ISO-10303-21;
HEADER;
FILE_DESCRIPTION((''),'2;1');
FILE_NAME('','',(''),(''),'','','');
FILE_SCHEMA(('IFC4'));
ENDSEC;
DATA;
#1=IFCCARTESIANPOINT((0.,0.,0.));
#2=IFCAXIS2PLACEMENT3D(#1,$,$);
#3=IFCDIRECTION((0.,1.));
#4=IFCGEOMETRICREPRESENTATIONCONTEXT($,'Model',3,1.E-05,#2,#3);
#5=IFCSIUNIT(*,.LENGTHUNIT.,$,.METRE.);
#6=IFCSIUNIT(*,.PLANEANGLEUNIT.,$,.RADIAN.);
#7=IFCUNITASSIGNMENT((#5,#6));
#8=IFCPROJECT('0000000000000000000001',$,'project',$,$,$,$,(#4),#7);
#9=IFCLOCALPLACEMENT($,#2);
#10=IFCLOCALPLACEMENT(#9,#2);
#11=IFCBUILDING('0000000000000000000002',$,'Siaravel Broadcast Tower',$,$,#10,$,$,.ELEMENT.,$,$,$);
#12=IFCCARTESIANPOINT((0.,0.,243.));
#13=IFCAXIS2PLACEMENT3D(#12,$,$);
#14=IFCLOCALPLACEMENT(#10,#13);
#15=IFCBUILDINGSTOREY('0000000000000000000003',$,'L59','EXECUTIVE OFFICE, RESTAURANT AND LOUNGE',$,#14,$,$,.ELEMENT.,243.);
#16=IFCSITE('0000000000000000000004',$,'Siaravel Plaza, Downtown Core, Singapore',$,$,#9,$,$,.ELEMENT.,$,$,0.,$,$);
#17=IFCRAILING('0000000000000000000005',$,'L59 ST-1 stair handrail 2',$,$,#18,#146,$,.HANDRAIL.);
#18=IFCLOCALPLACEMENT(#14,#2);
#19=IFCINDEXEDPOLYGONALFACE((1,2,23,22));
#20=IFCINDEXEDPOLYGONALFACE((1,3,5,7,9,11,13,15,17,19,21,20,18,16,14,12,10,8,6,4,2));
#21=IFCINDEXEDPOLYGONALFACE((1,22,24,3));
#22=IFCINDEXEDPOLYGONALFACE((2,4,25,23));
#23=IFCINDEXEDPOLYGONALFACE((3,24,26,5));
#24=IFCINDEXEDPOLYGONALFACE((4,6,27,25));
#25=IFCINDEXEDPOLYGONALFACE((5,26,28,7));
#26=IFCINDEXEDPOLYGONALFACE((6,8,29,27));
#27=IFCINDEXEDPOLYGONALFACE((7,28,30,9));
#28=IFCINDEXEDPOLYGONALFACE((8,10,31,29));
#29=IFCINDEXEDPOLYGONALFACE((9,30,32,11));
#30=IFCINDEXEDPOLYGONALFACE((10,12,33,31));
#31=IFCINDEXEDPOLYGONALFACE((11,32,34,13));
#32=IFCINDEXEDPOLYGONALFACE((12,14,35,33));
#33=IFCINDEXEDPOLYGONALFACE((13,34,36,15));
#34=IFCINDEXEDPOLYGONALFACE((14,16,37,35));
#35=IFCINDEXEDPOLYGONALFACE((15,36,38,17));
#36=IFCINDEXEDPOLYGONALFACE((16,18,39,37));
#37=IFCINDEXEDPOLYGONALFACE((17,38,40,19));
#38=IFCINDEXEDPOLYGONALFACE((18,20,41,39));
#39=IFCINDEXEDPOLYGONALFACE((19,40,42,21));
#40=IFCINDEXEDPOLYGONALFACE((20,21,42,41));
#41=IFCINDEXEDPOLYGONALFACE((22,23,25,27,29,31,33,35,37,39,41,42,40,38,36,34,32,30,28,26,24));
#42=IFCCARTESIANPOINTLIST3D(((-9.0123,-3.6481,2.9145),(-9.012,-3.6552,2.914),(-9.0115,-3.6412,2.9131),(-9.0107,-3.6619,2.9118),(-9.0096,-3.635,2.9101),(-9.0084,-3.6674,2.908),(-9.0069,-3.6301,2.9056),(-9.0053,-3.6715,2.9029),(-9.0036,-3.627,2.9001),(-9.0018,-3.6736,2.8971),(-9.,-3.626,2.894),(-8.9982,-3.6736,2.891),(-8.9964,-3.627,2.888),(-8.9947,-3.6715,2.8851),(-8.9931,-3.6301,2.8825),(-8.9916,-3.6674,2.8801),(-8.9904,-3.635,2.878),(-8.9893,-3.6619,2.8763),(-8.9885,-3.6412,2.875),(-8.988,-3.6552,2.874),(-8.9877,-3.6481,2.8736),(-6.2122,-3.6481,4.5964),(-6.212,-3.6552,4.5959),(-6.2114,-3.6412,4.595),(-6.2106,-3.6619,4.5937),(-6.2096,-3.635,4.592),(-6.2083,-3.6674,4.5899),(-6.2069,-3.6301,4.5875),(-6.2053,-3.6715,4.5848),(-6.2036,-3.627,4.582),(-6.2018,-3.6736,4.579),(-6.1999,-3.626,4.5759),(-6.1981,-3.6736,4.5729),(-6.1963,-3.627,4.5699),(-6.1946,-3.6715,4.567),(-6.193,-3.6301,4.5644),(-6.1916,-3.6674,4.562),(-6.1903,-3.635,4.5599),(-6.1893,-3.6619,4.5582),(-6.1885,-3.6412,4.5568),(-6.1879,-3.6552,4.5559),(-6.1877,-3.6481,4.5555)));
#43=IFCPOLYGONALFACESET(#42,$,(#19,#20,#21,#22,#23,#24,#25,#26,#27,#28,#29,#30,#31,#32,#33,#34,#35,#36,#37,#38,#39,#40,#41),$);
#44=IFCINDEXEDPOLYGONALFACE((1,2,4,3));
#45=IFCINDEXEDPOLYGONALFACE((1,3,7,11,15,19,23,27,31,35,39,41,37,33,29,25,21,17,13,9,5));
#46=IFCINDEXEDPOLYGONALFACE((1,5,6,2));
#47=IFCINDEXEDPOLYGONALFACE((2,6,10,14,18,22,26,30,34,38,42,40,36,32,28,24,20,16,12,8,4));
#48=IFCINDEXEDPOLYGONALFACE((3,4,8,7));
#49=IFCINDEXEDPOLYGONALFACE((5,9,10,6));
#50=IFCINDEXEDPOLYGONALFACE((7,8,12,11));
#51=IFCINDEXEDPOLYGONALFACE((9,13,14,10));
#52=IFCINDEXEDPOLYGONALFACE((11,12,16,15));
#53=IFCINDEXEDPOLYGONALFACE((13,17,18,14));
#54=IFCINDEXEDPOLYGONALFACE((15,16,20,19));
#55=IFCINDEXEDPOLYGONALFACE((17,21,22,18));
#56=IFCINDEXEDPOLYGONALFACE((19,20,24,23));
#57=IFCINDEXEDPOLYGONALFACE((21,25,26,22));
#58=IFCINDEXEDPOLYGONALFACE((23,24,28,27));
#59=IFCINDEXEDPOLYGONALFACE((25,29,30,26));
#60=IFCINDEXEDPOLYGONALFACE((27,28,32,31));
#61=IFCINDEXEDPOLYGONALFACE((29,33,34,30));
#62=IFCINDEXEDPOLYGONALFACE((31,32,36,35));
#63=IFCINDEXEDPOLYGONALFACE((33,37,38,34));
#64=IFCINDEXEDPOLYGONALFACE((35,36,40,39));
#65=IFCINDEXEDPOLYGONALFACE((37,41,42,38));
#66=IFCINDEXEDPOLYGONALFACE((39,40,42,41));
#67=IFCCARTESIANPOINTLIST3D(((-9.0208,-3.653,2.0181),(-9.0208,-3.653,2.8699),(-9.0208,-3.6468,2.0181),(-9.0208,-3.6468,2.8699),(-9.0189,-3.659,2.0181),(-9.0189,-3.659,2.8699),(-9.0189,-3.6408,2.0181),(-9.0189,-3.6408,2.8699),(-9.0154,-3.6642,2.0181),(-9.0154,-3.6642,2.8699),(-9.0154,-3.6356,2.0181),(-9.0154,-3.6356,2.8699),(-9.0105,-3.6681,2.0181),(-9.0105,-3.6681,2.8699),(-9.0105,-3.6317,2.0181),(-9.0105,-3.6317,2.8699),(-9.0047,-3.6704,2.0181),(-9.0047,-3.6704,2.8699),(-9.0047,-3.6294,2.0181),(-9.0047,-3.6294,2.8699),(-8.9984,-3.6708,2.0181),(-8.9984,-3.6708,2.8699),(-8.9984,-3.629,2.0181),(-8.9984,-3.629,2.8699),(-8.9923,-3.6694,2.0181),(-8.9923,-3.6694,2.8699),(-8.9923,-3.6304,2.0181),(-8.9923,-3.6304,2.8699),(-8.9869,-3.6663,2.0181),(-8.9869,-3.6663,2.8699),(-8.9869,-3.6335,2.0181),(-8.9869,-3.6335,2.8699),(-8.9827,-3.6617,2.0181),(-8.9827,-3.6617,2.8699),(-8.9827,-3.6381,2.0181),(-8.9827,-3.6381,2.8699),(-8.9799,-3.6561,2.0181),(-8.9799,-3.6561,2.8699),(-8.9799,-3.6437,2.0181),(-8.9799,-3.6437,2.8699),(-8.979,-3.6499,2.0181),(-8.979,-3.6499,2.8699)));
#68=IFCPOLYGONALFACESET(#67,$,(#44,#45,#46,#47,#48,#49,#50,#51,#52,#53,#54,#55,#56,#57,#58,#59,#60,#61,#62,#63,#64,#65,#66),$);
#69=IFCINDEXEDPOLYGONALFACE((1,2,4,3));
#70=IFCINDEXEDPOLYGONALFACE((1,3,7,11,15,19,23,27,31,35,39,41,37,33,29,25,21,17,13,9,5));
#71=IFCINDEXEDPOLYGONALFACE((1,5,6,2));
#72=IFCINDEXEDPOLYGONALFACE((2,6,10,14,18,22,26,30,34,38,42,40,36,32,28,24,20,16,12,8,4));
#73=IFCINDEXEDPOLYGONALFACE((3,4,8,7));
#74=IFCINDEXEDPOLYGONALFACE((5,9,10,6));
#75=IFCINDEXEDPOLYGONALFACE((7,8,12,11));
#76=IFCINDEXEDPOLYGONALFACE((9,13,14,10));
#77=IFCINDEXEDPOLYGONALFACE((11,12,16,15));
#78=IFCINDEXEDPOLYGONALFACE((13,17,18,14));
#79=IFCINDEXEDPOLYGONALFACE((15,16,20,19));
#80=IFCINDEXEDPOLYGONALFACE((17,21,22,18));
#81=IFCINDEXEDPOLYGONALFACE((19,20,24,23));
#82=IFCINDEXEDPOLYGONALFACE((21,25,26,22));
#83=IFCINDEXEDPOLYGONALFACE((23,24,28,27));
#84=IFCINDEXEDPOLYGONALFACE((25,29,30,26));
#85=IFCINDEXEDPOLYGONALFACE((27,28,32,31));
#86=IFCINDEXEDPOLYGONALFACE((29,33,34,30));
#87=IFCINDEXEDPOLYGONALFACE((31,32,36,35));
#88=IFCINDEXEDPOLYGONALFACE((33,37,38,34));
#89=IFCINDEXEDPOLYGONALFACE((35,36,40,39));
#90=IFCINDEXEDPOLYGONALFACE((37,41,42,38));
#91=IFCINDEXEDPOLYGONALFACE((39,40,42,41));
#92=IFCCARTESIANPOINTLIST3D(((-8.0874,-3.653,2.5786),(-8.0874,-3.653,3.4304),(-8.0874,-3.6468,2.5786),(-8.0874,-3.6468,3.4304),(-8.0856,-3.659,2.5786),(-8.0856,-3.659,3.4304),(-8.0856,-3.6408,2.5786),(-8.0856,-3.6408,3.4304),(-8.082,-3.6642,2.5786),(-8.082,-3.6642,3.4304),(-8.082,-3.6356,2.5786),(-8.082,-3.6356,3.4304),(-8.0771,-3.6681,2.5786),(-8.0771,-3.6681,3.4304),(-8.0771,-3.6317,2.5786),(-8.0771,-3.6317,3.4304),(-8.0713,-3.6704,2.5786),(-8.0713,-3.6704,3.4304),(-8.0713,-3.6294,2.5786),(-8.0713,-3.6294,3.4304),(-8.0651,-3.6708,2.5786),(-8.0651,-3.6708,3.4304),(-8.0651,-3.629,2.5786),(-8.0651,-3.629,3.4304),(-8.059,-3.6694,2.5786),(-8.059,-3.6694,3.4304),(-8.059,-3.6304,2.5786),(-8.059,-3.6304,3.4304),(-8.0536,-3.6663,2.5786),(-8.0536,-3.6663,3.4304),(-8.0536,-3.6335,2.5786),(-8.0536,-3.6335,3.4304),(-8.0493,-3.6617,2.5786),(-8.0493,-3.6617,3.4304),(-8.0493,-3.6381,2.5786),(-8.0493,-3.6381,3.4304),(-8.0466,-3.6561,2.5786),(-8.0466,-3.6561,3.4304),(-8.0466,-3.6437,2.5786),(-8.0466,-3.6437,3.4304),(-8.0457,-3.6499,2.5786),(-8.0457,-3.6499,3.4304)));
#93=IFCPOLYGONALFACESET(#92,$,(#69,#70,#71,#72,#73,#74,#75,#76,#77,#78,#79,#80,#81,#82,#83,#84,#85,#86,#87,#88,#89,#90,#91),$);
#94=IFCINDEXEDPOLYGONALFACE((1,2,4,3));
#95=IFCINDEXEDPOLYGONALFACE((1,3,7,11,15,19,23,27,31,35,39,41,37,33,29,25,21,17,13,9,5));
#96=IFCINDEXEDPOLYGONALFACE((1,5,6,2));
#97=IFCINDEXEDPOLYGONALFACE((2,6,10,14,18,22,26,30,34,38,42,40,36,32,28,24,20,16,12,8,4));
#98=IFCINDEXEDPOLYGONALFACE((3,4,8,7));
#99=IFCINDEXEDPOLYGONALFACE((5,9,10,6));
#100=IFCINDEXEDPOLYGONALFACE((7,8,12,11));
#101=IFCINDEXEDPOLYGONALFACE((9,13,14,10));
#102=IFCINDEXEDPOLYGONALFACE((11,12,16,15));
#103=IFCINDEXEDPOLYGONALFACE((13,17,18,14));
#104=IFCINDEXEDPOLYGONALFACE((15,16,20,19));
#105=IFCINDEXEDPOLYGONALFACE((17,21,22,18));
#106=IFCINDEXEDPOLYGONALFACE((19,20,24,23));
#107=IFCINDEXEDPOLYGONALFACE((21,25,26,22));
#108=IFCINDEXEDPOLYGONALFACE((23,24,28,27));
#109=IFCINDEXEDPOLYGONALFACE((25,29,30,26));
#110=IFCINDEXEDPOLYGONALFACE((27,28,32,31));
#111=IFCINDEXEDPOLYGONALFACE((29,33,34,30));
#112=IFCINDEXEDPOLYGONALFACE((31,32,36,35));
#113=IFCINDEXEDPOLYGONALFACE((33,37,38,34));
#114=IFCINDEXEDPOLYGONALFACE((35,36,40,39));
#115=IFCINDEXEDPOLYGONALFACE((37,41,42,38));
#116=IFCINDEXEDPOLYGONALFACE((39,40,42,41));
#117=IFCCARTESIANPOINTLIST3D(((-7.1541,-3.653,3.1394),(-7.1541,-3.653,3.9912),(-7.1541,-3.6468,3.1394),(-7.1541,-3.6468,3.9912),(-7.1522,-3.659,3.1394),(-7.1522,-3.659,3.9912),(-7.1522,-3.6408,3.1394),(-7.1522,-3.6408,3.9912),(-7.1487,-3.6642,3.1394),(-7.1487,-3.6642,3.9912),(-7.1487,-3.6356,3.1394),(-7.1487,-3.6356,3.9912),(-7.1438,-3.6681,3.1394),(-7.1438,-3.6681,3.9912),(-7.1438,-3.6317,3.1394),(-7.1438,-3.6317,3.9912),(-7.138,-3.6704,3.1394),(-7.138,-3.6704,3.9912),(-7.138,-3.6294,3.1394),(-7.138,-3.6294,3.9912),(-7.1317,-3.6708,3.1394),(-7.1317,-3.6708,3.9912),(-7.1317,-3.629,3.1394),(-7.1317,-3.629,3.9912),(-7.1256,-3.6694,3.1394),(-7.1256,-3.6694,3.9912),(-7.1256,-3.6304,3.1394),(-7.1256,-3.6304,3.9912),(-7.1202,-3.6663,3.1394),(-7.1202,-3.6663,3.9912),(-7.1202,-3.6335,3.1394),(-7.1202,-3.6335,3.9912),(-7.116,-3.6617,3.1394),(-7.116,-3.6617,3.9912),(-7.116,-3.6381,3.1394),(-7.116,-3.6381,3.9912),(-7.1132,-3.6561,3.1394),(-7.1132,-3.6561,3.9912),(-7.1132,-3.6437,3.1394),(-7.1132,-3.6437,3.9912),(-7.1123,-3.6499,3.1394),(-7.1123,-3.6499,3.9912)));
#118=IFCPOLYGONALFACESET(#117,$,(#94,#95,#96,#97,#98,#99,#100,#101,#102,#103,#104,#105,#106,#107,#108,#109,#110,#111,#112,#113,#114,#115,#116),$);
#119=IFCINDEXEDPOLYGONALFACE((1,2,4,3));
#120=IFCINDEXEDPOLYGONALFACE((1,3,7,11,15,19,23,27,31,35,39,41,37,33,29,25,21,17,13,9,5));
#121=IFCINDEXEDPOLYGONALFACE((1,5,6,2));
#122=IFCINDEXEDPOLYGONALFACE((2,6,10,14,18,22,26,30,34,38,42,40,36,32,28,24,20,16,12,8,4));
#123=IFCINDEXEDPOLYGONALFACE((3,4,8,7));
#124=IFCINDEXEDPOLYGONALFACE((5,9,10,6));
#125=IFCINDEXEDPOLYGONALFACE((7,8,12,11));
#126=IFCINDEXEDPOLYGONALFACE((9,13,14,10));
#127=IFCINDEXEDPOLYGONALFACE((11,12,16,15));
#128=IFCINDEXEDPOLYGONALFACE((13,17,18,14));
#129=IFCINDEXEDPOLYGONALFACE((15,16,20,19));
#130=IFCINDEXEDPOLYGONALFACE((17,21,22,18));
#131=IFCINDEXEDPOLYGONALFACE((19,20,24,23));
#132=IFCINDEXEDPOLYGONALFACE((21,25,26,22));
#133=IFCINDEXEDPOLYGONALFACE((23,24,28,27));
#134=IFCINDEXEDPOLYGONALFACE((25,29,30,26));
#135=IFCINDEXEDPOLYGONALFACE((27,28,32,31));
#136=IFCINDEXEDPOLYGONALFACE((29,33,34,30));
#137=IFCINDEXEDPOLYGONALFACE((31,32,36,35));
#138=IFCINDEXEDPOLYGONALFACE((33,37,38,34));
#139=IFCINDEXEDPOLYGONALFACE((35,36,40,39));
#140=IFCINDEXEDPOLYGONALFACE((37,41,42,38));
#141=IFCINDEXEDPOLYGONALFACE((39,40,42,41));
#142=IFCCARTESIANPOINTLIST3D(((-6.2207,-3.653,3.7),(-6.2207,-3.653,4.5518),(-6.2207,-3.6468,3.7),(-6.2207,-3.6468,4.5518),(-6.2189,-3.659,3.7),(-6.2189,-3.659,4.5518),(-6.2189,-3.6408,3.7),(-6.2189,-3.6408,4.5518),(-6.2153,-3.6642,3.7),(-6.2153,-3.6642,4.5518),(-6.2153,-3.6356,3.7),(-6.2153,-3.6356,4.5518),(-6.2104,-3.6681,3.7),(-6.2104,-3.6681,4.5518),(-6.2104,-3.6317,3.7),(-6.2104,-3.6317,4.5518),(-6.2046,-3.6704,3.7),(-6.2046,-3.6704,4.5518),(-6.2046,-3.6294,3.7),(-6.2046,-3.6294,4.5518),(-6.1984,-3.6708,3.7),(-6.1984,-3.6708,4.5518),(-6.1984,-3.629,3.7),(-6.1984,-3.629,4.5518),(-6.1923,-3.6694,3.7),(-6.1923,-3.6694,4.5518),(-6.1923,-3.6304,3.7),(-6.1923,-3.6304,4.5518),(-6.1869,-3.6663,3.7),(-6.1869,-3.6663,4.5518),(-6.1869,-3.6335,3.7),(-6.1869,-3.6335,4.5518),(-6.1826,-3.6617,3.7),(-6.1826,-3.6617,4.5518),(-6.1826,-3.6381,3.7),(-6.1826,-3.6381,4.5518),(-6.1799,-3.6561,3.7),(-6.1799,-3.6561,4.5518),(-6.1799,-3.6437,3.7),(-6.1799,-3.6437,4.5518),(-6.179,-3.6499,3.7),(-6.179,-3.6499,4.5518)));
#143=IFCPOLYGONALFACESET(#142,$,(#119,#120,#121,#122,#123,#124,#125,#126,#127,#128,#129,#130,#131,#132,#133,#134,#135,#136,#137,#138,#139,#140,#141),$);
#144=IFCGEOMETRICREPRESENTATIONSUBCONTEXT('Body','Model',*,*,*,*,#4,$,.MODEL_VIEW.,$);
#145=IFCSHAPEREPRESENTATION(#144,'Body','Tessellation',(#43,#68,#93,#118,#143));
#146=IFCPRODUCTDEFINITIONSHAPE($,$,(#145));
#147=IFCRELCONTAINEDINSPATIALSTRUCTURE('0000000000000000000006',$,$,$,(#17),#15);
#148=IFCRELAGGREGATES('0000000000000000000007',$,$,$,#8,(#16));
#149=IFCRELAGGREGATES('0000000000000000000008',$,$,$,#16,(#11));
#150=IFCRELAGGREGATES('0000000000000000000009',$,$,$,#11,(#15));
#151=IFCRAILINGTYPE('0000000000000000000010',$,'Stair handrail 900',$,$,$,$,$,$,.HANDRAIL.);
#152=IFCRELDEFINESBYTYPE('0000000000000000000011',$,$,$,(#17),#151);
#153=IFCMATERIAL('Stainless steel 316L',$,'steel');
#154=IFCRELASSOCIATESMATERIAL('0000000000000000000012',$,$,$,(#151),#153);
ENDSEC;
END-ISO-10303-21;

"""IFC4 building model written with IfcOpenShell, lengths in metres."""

from ifc_helpers import new_model, si_unit, direction, frame, origin, origin_2d, place, context, subcontext, project, spatial, circle, extrude, material, type_object, element, save


model = new_model("IFC4")

# Units and contexts
model_context = context("Model", 3, precision=1e-05, world=origin(), true_north=direction((0.0, 1.0)))
body_context = subcontext(model_context, "Body", "Model", "MODEL_VIEW")
ifc_project = project(units=[si_unit("LENGTHUNIT", "METRE"), si_unit("PLANEANGLEUNIT", "RADIAN")], contexts=[model_context])

# Site, building, storey
site_placement = place(None, origin())
site = spatial("IfcSite", under=ifc_project, at=site_placement, Name="Siaravel Plaza, Downtown Core, Singapore", CompositionType="ELEMENT", RefElevation=0.0)
building_placement = place(site_placement, origin())
building = spatial("IfcBuilding", under=site, at=building_placement, Name="Siaravel Broadcast Tower", CompositionType="ELEMENT")
storey_placement = place(building_placement, frame((0.0, 0.0, 243.0)))
storey = spatial("IfcBuildingStorey", under=building, at=storey_placement, Name="L59", Description="EXECUTIVE OFFICE, RESTAURANT AND LOUNGE", CompositionType="ELEMENT", Elevation=243.0)

# Shared definitions
ifc_material_1 = material(Name="Stainless steel 316L", Category="steel")

# Railing
railing_type_1 = type_object("IfcRailingType", Name="Stair handrail 900", PredefinedType="HANDRAIL", material=ifc_material_1)
railing_1_placement = place(storey_placement, frame((-9.0, -3.6499, 2.0181)))
element("IfcRailing", 1, at=railing_1_placement, inside=storey, type_object=railing_type_1, Name="L59 ST-1 stair handrail 2", PredefinedType="HANDRAIL", context=body_context, shape_type="SweptSolid", body=[
    extrude(circle(Radius=0.0239, at=origin_2d()), frame((0.0, 0.0, 0.876), z_axis=(0.857242, 0.0, 0.514913), x_axis=(0.0, 1.0, 0.0)), (0.0, 0.0, 1.0), 3.2664),
    extrude(circle(Radius=0.021, at=origin_2d()), origin(), (0.0, 0.0, 1.0), 0.8518),
    extrude(circle(Radius=0.021, at=origin_2d()), frame((0.9333, 0.0, 0.5605)), (0.0, 0.0, 1.0), 0.8518),
    extrude(circle(Radius=0.021, at=origin_2d()), frame((1.8667, 0.0, 1.1213)), (0.0, 0.0, 1.0), 0.8518),
    extrude(circle(Radius=0.021, at=origin_2d()), frame((2.8, 0.0, 1.6819)), (0.0, 0.0, 1.0), 0.8518),
])

save(model, "model.ifc")
